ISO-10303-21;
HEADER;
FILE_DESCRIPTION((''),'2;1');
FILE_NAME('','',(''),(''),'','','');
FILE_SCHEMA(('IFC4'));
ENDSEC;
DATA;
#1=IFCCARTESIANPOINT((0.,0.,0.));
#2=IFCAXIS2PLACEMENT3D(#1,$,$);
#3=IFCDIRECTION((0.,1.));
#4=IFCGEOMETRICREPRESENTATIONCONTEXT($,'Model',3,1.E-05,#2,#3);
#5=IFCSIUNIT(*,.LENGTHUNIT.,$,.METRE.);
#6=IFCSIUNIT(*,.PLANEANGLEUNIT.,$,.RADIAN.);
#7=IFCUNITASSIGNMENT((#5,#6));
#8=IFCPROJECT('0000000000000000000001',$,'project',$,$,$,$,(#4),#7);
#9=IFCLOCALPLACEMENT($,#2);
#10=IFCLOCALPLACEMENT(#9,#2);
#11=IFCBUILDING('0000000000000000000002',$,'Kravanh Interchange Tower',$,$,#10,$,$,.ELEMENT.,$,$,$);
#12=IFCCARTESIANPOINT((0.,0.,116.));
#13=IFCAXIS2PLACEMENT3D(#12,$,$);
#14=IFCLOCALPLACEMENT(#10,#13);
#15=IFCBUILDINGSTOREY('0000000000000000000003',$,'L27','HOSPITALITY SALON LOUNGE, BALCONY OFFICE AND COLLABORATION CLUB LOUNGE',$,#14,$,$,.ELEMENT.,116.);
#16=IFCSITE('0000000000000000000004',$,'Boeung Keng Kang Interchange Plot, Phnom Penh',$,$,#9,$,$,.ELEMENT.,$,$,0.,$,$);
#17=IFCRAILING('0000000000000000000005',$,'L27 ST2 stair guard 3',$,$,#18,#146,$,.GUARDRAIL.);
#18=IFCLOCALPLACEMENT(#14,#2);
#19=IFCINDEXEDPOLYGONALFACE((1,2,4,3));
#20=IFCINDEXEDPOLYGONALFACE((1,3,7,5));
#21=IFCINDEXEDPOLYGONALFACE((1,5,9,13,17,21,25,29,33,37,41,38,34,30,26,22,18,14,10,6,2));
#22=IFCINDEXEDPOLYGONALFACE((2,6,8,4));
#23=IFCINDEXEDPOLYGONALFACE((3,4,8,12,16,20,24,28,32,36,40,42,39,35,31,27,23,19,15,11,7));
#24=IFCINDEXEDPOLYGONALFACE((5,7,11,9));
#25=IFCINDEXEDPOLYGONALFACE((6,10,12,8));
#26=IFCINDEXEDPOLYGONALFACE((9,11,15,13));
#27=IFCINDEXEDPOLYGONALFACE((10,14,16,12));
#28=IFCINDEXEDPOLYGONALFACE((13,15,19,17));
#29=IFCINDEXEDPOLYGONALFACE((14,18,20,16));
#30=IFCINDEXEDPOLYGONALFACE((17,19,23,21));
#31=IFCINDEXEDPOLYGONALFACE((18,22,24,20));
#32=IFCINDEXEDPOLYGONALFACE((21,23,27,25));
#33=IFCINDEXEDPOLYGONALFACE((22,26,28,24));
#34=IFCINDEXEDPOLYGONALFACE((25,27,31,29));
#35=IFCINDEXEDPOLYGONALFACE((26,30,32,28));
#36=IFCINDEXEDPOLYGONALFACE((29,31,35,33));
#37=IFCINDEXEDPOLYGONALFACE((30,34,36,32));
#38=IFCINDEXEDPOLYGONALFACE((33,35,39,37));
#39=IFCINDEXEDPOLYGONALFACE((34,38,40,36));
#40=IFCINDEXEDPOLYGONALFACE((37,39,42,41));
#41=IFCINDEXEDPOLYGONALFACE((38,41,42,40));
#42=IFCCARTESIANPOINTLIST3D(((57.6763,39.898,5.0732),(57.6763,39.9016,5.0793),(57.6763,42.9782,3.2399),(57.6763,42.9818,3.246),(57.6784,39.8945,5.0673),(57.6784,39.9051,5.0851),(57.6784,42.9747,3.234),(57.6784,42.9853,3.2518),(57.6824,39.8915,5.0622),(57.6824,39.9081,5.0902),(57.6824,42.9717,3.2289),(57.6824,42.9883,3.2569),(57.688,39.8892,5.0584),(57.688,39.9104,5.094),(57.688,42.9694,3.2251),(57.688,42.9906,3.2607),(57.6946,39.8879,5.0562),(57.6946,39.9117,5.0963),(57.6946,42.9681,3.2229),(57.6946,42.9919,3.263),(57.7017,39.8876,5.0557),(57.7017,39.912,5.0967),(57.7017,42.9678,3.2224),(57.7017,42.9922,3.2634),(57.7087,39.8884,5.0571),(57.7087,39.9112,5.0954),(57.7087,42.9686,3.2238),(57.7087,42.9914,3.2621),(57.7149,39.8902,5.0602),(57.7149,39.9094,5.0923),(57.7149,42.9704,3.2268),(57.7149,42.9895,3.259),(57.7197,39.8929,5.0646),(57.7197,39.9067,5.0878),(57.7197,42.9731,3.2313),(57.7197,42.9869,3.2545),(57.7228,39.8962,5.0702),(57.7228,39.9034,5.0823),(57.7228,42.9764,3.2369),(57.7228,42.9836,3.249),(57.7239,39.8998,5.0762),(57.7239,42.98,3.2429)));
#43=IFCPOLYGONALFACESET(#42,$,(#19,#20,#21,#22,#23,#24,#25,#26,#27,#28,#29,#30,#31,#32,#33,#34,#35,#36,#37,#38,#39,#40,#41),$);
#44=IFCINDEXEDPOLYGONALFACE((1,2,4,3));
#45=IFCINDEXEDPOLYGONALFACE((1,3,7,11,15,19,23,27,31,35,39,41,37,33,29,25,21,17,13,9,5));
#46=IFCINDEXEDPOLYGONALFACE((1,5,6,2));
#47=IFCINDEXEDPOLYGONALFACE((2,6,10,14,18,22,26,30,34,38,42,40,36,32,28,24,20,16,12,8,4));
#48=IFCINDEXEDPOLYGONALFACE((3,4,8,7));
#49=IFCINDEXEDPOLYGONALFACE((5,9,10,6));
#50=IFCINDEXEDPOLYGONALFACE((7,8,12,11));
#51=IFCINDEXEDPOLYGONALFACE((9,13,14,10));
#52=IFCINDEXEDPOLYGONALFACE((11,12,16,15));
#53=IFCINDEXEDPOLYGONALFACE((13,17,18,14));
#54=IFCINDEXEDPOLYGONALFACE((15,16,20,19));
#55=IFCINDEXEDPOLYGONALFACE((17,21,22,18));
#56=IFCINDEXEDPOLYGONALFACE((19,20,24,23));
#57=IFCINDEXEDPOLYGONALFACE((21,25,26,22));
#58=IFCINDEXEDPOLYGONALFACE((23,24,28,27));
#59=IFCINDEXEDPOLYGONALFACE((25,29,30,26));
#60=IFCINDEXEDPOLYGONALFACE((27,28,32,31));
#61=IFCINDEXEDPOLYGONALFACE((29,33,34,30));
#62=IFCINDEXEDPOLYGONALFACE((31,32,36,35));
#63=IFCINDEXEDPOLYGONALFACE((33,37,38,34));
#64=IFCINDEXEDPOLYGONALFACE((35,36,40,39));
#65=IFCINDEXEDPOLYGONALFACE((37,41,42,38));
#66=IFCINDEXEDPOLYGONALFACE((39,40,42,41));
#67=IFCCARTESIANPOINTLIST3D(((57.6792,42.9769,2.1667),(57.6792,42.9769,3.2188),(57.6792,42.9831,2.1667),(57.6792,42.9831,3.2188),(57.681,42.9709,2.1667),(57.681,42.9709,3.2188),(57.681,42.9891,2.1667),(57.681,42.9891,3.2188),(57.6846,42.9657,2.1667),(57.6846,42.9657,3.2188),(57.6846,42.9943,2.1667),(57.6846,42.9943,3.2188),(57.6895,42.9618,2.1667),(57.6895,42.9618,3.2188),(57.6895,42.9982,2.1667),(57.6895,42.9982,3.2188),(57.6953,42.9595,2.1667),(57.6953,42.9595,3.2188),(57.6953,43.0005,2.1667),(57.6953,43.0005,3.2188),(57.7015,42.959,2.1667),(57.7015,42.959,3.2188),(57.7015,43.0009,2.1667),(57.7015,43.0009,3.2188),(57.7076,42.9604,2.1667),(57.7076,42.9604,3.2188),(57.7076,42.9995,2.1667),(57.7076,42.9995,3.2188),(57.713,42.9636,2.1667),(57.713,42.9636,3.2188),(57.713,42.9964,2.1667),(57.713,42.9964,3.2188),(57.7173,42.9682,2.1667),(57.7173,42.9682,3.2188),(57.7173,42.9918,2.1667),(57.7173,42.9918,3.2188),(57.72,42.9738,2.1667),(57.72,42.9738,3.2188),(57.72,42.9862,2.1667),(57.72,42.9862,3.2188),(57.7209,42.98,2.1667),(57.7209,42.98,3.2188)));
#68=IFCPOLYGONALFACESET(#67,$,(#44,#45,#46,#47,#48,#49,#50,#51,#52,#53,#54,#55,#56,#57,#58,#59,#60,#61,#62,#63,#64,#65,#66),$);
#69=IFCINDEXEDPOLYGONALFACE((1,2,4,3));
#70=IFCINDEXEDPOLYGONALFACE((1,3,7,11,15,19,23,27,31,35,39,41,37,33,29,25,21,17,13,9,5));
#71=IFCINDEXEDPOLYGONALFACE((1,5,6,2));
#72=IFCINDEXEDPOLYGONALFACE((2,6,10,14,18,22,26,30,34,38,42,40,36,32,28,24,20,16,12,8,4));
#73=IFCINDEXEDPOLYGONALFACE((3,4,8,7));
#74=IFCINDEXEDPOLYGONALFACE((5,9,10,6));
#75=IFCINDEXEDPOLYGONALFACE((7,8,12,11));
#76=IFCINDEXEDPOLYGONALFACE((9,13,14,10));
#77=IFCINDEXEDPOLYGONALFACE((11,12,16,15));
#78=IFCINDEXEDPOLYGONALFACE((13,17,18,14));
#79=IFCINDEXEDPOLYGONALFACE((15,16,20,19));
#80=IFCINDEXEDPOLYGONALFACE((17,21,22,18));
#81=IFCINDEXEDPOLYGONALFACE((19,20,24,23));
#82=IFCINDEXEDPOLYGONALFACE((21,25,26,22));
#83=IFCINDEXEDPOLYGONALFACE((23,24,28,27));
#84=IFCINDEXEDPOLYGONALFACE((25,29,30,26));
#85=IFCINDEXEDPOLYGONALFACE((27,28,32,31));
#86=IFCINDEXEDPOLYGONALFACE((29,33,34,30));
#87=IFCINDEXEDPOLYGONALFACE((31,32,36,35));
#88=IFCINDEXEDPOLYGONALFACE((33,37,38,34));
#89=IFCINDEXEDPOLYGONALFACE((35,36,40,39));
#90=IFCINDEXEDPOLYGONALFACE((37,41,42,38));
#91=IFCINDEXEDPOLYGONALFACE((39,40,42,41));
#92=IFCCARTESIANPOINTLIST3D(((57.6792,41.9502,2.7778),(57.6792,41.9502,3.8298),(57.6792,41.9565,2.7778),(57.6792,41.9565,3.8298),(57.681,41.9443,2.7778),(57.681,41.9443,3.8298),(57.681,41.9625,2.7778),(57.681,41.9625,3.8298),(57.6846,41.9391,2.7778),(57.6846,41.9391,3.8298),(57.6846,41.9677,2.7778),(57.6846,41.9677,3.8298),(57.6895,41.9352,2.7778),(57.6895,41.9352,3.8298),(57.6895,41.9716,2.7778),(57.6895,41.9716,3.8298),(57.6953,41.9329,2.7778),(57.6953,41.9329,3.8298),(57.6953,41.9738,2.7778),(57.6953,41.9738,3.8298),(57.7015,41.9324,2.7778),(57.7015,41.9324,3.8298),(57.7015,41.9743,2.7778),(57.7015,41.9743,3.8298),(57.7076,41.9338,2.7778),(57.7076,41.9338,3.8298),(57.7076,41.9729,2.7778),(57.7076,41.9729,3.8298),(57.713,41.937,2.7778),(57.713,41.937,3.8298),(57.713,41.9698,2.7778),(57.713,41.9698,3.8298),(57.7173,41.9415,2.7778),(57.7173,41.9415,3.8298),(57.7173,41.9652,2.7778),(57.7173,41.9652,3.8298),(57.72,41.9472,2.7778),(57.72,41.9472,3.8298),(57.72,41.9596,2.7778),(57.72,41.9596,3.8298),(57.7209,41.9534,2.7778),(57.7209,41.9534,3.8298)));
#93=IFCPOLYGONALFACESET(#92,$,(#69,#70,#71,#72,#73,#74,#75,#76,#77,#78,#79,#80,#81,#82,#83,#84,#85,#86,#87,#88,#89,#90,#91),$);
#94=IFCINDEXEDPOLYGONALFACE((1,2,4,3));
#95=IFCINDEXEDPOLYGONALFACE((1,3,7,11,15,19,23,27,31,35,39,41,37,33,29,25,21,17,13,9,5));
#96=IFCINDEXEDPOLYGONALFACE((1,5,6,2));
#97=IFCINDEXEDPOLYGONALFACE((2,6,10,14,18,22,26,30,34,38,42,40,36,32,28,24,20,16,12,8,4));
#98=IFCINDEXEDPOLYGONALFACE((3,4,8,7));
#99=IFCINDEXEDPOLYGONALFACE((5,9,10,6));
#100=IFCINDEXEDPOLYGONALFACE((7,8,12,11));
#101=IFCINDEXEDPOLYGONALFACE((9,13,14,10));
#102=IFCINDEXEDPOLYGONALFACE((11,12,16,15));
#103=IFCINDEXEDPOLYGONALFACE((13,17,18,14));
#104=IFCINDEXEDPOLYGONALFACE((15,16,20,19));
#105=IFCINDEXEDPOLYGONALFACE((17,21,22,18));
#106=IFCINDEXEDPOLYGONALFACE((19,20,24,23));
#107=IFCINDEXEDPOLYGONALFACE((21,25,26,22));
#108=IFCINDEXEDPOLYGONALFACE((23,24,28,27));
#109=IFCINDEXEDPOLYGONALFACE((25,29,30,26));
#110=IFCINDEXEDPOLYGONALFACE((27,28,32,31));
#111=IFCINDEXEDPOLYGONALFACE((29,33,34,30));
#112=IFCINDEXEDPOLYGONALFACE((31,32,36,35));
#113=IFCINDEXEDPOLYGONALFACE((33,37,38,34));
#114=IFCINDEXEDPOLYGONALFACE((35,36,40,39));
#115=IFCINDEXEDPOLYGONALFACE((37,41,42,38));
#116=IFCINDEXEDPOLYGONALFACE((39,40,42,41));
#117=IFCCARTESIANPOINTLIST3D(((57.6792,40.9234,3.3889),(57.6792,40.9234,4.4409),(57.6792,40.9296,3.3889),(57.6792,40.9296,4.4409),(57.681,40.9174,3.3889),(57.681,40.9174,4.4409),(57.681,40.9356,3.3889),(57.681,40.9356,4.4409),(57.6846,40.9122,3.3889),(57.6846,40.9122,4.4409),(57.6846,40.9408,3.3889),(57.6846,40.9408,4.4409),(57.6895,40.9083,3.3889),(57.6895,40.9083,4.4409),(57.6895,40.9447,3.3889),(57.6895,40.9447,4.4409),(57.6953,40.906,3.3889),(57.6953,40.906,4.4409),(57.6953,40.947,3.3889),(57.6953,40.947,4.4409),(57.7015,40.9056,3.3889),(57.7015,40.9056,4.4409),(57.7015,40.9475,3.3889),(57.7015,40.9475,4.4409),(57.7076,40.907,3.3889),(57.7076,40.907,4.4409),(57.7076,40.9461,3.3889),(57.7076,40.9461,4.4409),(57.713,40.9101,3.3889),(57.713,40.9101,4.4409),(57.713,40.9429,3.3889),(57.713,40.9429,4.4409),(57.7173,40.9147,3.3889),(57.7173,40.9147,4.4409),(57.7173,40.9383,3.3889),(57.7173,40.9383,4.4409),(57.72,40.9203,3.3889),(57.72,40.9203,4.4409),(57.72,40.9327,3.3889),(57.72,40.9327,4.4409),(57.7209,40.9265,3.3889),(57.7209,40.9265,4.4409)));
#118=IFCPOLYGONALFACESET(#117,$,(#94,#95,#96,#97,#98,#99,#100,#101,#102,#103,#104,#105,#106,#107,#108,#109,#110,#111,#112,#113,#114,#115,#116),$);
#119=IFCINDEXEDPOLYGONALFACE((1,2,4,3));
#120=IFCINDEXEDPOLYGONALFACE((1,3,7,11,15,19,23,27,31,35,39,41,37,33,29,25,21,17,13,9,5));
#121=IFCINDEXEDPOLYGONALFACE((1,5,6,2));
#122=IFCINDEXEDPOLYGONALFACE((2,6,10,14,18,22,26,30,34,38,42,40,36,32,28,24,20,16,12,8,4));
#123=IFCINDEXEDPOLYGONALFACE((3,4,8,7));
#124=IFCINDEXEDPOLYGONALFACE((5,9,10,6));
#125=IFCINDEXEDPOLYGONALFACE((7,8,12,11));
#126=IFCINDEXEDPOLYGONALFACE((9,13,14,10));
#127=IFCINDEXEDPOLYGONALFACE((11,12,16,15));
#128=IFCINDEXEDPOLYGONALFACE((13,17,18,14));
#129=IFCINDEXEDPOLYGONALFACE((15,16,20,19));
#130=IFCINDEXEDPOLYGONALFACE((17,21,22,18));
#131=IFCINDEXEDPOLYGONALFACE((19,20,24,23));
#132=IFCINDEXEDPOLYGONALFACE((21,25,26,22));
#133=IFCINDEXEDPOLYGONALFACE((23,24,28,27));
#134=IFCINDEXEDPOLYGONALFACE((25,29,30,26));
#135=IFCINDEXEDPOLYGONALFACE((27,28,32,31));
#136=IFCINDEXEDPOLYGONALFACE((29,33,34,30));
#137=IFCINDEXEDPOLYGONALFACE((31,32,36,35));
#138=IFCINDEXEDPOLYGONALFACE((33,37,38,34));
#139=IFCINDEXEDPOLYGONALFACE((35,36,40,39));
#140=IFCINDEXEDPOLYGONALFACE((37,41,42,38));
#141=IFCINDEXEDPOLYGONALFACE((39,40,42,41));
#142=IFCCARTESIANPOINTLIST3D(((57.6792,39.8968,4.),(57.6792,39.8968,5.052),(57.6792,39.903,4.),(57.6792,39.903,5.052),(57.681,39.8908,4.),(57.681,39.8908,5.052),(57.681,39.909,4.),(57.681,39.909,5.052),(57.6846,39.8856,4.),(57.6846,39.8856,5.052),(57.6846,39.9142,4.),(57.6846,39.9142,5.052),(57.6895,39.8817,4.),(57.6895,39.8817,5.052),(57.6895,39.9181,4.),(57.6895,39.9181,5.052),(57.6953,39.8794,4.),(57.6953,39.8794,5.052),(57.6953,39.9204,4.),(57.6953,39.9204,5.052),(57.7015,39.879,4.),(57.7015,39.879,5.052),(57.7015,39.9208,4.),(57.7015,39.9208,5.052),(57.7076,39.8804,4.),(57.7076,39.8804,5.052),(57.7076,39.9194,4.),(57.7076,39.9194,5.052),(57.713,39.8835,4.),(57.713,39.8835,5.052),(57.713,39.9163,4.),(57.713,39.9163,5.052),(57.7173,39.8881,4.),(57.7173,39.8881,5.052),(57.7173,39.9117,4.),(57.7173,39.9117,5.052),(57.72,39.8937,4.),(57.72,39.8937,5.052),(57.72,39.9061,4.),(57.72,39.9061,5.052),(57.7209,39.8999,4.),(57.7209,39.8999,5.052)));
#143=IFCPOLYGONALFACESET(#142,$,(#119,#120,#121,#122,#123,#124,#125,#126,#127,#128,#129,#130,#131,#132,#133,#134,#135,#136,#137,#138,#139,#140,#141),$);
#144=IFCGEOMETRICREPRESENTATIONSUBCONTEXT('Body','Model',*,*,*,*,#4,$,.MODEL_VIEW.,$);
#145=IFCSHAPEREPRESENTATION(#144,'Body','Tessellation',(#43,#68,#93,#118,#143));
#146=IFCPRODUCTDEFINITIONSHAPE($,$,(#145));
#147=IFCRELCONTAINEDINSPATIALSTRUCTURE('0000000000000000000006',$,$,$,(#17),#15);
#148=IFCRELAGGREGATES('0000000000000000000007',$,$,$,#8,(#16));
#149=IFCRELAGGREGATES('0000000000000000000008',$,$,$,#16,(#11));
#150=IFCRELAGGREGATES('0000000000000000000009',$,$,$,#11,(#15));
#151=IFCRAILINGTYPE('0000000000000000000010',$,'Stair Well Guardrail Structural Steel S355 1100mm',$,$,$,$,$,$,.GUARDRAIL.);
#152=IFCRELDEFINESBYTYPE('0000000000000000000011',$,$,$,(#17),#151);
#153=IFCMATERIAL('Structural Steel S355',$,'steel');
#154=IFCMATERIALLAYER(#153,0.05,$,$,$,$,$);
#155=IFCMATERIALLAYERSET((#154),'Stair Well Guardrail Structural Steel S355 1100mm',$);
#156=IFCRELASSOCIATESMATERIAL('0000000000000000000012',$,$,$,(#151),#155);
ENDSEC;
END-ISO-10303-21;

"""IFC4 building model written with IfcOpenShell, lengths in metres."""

from ifc_helpers import new_model, si_unit, direction, frame, origin, origin_2d, place, context, subcontext, project, spatial, circle, extrude, material, layer, layer_set, type_object, element, save


model = new_model("IFC4")

# Units and contexts
model_context = context("Model", 3, precision=1e-05, world=origin(), true_north=direction((0.0, 1.0)))
body_context = subcontext(model_context, "Body", "Model", "MODEL_VIEW")
ifc_project = project(units=[si_unit("LENGTHUNIT", "METRE"), si_unit("PLANEANGLEUNIT", "RADIAN")], contexts=[model_context])

# Site, building, storey
site_placement = place(None, origin())
site = spatial("IfcSite", under=ifc_project, at=site_placement, Name="Boeung Keng Kang Interchange Plot, Phnom Penh", CompositionType="ELEMENT", RefElevation=0.0)
building_placement = place(site_placement, origin())
building = spatial("IfcBuilding", under=site, at=building_placement, Name="Kravanh Interchange Tower", CompositionType="ELEMENT")
storey_placement = place(building_placement, frame((0.0, 0.0, 116.0)))
storey = spatial("IfcBuildingStorey", under=building, at=storey_placement, Name="L27", Description="HOSPITALITY SALON LOUNGE, BALCONY OFFICE AND COLLABORATION CLUB LOUNGE", CompositionType="ELEMENT", Elevation=116.0)

# Railing
ifc_material_1 = material(Name="Structural Steel S355", Category="steel")
ifc_layer_1 = layer(ifc_material_1, 0.05)
ifc_layer_set_1 = layer_set([ifc_layer_1], Name="Stair Well Guardrail Structural Steel S355 1100mm")
railing_type_1 = type_object("IfcRailingType", Name="Stair Well Guardrail Structural Steel S355 1100mm", PredefinedType="GUARDRAIL", material=ifc_layer_set_1)
railing_1_placement = place(storey_placement, frame((57.7, 42.98, 2.1667)))
element("IfcRailing", 1, at=railing_1_placement, inside=storey, type_object=railing_type_1, Name="L27 ST2 stair guard 3", PredefinedType="GUARDRAIL", context=body_context, shape_type="SweptSolid", body=[
    extrude(circle(Radius=0.0239, at=origin_2d()), frame((0.0, 0.0, 1.0762), z_axis=(0.0, -0.859309, 0.511458), x_axis=(1.0, 0.0, 0.0)), (0.0, 0.0, 1.0), 3.5845),
    extrude(circle(Radius=0.021, at=origin_2d()), origin(), (0.0, 0.0, 1.0), 1.052),
    extrude(circle(Radius=0.021, at=origin_2d()), frame((0.0, -1.0266, 0.6111)), (0.0, 0.0, 1.0), 1.052),
    extrude(circle(Radius=0.021, at=origin_2d()), frame((0.0, -2.0535, 1.2222)), (0.0, 0.0, 1.0), 1.052),
    extrude(circle(Radius=0.021, at=origin_2d()), frame((0.0, -3.0801, 1.8333)), (0.0, 0.0, 1.0), 1.052),
])

save(model, "model.ifc")
